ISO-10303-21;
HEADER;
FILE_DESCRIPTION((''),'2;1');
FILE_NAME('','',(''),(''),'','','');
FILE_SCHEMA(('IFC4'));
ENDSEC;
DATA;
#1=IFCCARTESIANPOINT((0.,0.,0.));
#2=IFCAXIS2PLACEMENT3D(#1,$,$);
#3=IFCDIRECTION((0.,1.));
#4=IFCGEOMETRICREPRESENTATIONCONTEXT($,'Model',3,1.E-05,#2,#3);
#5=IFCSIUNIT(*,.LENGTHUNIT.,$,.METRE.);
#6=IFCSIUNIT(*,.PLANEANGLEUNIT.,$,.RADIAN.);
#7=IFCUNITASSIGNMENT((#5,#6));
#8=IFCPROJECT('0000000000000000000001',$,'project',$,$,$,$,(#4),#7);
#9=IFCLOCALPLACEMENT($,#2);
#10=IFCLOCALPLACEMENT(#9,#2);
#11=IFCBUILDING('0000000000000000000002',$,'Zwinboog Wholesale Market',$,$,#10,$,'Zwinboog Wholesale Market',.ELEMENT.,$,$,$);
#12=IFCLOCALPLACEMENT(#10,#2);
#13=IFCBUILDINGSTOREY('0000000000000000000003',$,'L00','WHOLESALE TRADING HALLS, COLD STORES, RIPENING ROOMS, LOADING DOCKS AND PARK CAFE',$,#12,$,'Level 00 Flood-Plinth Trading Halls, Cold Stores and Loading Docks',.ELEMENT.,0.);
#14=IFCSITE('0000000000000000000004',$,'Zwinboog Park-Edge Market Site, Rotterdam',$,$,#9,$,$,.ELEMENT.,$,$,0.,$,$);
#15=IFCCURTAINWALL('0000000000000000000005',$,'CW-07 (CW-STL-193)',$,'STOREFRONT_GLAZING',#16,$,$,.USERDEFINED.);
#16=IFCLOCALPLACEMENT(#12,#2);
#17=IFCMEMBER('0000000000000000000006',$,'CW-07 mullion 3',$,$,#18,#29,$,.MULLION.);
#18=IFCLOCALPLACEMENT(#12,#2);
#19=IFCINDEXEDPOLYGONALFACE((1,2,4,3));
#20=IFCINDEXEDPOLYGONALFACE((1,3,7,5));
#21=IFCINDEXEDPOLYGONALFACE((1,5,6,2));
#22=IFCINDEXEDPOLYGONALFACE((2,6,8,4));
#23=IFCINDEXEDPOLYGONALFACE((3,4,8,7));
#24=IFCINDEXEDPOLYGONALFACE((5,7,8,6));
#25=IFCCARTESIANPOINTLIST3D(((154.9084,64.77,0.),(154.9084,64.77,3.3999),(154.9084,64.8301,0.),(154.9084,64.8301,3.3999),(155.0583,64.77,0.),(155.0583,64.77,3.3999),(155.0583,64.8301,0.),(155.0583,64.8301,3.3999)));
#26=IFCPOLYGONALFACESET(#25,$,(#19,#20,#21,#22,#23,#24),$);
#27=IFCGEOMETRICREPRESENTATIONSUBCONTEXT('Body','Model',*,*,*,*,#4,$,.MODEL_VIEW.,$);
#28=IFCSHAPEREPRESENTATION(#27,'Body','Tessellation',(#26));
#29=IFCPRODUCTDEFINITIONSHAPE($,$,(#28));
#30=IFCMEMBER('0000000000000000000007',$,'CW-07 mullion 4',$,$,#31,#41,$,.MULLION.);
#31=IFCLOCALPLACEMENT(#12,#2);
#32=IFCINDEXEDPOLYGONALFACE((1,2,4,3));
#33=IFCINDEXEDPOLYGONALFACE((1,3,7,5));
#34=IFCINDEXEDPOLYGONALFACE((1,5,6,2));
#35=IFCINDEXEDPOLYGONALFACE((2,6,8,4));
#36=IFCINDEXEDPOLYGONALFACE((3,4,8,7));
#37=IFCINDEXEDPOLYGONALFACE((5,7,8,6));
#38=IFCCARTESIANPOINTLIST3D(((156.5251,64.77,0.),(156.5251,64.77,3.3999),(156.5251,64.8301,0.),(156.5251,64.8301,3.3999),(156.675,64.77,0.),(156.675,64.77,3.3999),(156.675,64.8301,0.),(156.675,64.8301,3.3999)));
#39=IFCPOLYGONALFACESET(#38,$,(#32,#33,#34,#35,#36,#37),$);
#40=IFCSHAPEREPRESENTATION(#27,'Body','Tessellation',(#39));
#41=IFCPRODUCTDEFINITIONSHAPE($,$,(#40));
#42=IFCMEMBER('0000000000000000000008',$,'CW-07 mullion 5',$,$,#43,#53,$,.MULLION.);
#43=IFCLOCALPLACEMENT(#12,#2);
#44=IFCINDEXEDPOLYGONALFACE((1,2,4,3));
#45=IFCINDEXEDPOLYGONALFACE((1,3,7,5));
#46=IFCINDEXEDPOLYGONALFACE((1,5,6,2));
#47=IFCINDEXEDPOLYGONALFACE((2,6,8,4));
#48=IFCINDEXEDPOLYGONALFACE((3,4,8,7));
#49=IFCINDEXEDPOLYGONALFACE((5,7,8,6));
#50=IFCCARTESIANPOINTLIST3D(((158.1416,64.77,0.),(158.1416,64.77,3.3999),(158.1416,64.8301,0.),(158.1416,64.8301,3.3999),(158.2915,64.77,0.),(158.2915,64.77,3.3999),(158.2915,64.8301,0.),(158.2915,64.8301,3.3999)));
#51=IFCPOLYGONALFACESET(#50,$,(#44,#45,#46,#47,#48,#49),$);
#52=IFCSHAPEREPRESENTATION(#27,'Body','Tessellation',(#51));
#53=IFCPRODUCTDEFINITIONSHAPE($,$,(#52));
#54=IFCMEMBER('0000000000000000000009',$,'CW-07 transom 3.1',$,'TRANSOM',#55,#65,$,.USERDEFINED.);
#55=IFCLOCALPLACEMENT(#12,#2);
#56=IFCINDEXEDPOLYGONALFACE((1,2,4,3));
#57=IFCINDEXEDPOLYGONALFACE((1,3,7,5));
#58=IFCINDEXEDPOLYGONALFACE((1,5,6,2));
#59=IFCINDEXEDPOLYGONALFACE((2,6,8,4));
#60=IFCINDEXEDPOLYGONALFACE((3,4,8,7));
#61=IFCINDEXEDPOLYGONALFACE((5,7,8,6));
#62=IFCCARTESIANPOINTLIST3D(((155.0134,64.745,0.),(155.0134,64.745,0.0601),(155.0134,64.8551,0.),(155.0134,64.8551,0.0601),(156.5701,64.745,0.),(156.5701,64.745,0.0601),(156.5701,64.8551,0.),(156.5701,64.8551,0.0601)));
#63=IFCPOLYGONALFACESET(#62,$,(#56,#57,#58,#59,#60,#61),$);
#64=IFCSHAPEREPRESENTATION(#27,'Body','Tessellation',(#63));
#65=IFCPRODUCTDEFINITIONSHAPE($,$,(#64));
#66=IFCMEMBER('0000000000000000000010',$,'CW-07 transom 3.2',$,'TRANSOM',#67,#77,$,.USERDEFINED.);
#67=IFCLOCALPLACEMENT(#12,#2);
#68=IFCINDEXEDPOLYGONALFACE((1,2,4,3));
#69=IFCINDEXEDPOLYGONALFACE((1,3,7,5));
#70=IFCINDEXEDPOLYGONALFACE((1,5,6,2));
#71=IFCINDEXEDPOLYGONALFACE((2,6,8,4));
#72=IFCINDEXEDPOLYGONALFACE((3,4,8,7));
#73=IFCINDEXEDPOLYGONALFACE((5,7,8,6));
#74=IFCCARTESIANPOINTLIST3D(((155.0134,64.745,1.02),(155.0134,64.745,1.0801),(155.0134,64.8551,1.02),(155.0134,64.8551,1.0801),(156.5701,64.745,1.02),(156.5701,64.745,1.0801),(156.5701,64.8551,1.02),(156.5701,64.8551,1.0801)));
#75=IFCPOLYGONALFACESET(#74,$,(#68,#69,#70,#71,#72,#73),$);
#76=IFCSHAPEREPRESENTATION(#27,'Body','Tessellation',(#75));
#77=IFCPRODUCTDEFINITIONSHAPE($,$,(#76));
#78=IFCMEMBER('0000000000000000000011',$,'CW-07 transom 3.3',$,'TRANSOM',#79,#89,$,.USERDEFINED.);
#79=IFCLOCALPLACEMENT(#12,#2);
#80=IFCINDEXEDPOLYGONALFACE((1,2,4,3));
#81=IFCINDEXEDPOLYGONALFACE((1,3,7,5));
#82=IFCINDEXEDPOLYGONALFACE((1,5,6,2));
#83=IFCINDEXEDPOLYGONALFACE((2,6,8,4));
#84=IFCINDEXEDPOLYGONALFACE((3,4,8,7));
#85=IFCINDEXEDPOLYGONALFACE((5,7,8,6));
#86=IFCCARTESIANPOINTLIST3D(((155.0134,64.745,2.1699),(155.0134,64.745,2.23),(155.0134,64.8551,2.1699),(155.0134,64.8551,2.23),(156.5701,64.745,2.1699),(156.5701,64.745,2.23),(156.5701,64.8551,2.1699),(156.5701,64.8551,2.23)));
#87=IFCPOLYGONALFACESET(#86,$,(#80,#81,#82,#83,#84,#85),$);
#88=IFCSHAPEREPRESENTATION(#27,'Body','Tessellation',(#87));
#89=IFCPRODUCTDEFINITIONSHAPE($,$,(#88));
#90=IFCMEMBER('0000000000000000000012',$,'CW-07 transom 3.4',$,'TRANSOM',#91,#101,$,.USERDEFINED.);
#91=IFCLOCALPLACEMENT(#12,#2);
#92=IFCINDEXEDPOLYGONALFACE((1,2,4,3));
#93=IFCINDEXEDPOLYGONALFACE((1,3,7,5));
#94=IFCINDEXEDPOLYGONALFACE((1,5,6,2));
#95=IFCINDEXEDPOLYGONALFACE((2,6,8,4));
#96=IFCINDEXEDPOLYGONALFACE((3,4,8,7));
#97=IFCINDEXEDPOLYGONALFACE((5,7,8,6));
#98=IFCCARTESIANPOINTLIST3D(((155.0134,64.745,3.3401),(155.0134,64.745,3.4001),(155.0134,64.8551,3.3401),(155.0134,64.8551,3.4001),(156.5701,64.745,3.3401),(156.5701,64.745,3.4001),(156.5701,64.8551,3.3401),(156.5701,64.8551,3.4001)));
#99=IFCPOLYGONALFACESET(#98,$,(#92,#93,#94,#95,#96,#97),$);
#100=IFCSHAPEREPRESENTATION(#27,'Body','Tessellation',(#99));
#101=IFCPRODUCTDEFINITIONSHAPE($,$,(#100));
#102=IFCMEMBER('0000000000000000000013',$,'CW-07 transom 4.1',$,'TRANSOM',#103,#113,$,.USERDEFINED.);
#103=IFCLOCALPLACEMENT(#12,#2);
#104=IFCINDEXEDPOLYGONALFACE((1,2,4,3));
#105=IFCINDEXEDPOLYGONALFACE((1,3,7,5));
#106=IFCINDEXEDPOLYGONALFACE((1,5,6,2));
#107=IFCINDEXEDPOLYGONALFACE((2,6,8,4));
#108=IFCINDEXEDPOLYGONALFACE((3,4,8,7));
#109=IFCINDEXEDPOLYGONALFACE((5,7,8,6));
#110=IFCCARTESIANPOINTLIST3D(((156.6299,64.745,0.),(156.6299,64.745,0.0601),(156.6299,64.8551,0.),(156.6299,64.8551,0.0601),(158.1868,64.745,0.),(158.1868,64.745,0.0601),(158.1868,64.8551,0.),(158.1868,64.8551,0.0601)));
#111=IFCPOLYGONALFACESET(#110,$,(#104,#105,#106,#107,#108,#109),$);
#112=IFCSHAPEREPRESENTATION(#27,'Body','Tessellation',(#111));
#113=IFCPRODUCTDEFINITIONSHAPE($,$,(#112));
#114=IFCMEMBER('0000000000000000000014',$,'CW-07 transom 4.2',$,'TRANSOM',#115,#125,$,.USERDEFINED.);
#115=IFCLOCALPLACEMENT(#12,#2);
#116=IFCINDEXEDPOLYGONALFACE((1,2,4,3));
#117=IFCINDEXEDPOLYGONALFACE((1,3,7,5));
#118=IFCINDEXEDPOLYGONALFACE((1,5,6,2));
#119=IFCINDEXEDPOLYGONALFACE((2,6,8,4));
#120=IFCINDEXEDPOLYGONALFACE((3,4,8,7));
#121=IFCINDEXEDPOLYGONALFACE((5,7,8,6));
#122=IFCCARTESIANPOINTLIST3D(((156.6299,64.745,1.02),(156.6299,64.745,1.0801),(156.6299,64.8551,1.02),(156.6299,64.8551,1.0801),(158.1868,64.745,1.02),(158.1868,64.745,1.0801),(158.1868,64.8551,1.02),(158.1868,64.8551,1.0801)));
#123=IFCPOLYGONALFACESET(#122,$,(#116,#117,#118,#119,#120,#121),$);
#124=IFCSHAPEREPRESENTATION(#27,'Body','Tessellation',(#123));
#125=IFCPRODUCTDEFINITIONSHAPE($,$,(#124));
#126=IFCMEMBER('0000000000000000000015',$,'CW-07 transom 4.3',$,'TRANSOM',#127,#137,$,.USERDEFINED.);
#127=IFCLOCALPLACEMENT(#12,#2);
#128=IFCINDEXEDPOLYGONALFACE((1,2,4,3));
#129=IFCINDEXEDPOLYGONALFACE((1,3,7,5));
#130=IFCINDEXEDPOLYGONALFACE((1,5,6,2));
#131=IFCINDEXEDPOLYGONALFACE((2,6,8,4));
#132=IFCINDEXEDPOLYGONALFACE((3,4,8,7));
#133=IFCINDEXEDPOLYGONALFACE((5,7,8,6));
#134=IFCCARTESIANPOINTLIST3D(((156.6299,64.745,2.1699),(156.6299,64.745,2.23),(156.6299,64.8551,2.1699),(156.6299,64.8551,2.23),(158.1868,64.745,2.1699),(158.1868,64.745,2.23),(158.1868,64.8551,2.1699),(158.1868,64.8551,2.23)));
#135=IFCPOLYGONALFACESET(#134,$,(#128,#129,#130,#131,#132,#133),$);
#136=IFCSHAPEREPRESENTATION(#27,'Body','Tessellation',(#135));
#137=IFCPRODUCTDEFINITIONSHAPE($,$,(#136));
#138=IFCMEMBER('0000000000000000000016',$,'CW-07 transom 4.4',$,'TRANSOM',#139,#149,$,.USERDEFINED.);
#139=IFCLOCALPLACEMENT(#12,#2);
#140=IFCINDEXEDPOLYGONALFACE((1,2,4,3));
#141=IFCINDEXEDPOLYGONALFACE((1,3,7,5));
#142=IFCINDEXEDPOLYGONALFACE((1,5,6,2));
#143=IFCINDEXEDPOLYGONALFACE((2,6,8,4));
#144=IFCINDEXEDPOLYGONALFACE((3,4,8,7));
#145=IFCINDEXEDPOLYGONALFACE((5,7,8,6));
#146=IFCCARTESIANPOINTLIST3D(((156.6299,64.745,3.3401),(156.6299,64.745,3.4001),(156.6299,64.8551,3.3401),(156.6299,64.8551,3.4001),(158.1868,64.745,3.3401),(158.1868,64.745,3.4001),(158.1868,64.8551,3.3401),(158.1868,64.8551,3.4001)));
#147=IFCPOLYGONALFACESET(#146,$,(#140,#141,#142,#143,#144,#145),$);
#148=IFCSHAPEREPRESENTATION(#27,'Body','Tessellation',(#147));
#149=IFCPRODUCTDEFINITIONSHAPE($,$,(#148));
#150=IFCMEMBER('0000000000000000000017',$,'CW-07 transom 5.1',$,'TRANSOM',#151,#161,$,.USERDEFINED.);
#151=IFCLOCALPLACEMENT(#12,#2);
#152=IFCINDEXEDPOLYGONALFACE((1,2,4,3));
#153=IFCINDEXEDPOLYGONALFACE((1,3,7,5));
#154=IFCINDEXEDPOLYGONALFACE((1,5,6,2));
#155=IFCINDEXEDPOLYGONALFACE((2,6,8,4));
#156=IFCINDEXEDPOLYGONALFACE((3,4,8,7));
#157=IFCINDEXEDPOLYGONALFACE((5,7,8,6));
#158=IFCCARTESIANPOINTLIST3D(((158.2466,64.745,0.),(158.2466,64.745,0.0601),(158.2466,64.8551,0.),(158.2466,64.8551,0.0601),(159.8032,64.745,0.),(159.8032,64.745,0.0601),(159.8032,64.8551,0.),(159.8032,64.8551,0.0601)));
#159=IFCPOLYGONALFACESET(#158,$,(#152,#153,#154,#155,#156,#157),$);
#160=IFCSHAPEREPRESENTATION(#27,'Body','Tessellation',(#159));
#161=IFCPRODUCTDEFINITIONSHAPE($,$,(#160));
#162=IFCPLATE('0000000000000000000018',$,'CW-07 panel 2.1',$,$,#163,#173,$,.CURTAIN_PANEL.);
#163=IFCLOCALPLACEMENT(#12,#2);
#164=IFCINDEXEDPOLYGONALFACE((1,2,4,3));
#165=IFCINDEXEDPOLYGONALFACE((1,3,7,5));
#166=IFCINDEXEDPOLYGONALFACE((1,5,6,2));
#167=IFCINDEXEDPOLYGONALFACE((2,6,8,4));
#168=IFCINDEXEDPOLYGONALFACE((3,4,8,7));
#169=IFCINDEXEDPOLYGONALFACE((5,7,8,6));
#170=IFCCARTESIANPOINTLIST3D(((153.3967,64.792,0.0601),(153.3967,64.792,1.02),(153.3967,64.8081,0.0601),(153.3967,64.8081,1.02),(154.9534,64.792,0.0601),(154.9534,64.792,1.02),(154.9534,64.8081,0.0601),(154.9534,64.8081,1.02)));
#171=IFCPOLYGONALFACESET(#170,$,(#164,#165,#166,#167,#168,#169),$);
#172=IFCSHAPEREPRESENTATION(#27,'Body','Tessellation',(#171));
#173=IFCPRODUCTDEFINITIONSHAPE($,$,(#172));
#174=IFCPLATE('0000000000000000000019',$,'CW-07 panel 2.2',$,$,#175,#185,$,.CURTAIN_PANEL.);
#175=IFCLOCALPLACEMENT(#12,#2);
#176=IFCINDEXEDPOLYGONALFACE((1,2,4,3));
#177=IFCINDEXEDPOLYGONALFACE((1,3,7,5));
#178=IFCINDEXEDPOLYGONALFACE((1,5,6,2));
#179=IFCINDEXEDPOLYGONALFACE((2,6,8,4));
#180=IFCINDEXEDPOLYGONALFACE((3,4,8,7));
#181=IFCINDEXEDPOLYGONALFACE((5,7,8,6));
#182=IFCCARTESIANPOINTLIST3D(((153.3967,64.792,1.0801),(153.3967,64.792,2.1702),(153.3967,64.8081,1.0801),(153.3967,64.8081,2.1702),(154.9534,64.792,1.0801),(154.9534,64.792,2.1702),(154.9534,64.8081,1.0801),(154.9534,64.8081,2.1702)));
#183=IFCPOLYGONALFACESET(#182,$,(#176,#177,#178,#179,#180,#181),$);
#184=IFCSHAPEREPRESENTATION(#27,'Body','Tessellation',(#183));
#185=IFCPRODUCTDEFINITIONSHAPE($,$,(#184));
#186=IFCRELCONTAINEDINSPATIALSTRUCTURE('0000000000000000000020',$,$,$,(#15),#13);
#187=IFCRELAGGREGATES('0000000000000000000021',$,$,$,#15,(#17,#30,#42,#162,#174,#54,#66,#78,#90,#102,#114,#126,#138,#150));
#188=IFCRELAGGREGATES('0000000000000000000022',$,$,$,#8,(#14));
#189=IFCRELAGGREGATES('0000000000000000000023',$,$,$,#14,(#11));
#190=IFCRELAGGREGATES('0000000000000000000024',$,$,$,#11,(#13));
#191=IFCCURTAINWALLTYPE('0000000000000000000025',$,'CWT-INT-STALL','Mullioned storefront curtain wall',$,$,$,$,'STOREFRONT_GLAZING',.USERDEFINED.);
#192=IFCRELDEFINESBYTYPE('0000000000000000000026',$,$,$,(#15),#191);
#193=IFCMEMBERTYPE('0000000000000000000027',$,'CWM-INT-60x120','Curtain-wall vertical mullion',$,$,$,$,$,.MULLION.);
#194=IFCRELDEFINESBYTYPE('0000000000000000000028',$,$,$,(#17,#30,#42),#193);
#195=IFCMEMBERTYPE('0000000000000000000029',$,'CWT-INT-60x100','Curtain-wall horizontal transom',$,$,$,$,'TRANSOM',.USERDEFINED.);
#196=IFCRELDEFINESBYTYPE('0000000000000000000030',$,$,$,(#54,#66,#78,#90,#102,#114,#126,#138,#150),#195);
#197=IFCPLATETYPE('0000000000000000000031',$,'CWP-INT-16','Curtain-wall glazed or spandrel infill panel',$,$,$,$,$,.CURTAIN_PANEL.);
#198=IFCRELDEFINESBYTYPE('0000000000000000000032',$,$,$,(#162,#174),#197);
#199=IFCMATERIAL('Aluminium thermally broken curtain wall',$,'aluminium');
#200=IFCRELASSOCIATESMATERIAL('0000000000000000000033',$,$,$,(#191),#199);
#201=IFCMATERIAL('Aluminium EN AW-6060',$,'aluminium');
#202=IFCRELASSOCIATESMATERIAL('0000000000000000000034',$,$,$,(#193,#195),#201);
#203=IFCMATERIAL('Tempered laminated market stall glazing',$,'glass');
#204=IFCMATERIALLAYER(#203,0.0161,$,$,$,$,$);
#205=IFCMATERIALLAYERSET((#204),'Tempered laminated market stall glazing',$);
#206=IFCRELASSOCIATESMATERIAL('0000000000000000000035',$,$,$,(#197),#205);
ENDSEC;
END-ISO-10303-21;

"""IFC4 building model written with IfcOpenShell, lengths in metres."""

from ifc_helpers import new_model, si_unit, direction, frame, origin, origin_2d, place, context, subcontext, project, spatial, rectangle, extrude, material, layer, layer_set, material_profile, profile_set, type_object, element, aggregate, save


model = new_model("IFC4")

# Units and contexts
model_context = context("Model", 3, precision=1e-05, world=origin(), true_north=direction((0.0, 1.0)))
body_context = subcontext(model_context, "Body", "Model", "MODEL_VIEW")
ifc_project = project(units=[si_unit("LENGTHUNIT", "METRE"), si_unit("PLANEANGLEUNIT", "RADIAN")], contexts=[model_context])

# Site, building, storey
site_placement = place(None, origin())
site = spatial("IfcSite", under=ifc_project, at=site_placement, Name="Zwinboog Park-Edge Market Site, Rotterdam", CompositionType="ELEMENT", RefElevation=0.0)
building_placement = place(site_placement, origin())
building = spatial("IfcBuilding", under=site, at=building_placement, Name="Zwinboog Wholesale Market", LongName="Zwinboog Wholesale Market", CompositionType="ELEMENT")
storey_placement = place(building_placement, origin())
storey = spatial("IfcBuildingStorey", under=building, at=storey_placement, Name="L00", Description="WHOLESALE TRADING HALLS, COLD STORES, RIPENING ROOMS, LOADING DOCKS AND PARK CAFE", LongName="Level 00 Flood-Plinth Trading Halls, Cold Stores and Loading Docks", CompositionType="ELEMENT", Elevation=0.0)

# Curtain wall, members, plates
ifc_material_1 = material(Name="Aluminium thermally broken curtain wall", Category="aluminium")
curtain_wall_type = type_object("IfcCurtainWallType", Name="CWT-INT-STALL", Description="Mullioned storefront curtain wall", ElementType="STOREFRONT_GLAZING", PredefinedType="USERDEFINED", material=ifc_material_1)
curtain_wall_placement = place(storey_placement, origin())
curtain_wall = element("IfcCurtainWall", 1, at=curtain_wall_placement, inside=storey, type_object=curtain_wall_type, Name="CW-07 (CW-STL-193)", ObjectType="STOREFRONT_GLAZING", PredefinedType="USERDEFINED")
ifc_material_2 = material(Name="Aluminium EN AW-6060", Category="aluminium")
ifc_material_profile_1 = material_profile(ifc_material_2, rectangle(XDim=0.0601, YDim=0.1499, at=origin_2d()), Name="AL 60x150")
ifc_profile_set_1 = profile_set([ifc_material_profile_1], Name="Aluminium EN AW-6060")
member_type_1 = type_object("IfcMemberType", Name="CWM-INT-60x120", Description="Curtain-wall vertical mullion", PredefinedType="MULLION", material=ifc_profile_set_1)
member_1_placement = place(storey_placement, frame((154.9834, 64.8, 0.0), z_axis=(0.0, 0.0, 1.0), x_axis=(0.0, 1.0, 0.0)))
member_1 = element("IfcMember", 2, at=member_1_placement, type_object=member_type_1, Name="CW-07 mullion 3", PredefinedType="MULLION", context=body_context, shape_type="SweptSolid", body=[
    extrude(rectangle(XDim=0.0601, YDim=0.1499, at=origin_2d()), origin(), (0.0, 0.0, 1.0), 3.3999),
])
member_2_placement = place(storey_placement, frame((156.6001, 64.8, 0.0), z_axis=(0.0, 0.0, 1.0), x_axis=(0.0, 1.0, 0.0)))
member_2 = element("IfcMember", 3, at=member_2_placement, type_object=member_type_1, Name="CW-07 mullion 4", PredefinedType="MULLION", context=body_context, shape_type="SweptSolid", body=[
    extrude(rectangle(XDim=0.0601, YDim=0.1499, at=origin_2d()), origin(), (0.0, 0.0, 1.0), 3.3999),
])
member_3_placement = place(storey_placement, frame((158.2166, 64.8, 0.0), z_axis=(0.0, 0.0, 1.0), x_axis=(0.0, 1.0, 0.0)))
member_3 = element("IfcMember", 4, at=member_3_placement, type_object=member_type_1, Name="CW-07 mullion 5", PredefinedType="MULLION", context=body_context, shape_type="SweptSolid", body=[
    extrude(rectangle(XDim=0.0601, YDim=0.1499, at=origin_2d()), origin(), (0.0, 0.0, 1.0), 3.3999),
])
ifc_material_profile_2 = material_profile(ifc_material_2, rectangle(XDim=0.1101, YDim=0.0601, at=origin_2d()), Name="AL 60x110")
ifc_profile_set_2 = profile_set([ifc_material_profile_2], Name="Aluminium EN AW-6060")
member_type_2 = type_object("IfcMemberType", Name="CWT-INT-60x100", Description="Curtain-wall horizontal transom", ElementType="TRANSOM", PredefinedType="USERDEFINED", material=ifc_profile_set_2)
member_4_placement = place(storey_placement, frame((155.0134, 64.8, 0.03), z_axis=(1.0, 0.0, 0.0), x_axis=(0.0, 1.0, 0.0)))
member_4 = element("IfcMember", 5, at=member_4_placement, type_object=member_type_2, Name="CW-07 transom 3.1", ObjectType="TRANSOM", PredefinedType="USERDEFINED", context=body_context, shape_type="SweptSolid", body=[
    extrude(rectangle(XDim=0.1101, YDim=0.0601, at=origin_2d()), origin(), (0.0, 0.0, 1.0), 1.5566),
])
member_5_placement = place(storey_placement, frame((155.0134, 64.8, 1.05), z_axis=(1.0, 0.0, 0.0), x_axis=(0.0, 1.0, 0.0)))
member_5 = element("IfcMember", 6, at=member_5_placement, type_object=member_type_2, Name="CW-07 transom 3.2", ObjectType="TRANSOM", PredefinedType="USERDEFINED", context=body_context, shape_type="SweptSolid", body=[
    extrude(rectangle(XDim=0.1101, YDim=0.0601, at=origin_2d()), origin(), (0.0, 0.0, 1.0), 1.5566),
])
member_6_placement = place(storey_placement, frame((155.0134, 64.8, 2.2), z_axis=(1.0, 0.0, 0.0), x_axis=(0.0, 1.0, 0.0)))
member_6 = element("IfcMember", 7, at=member_6_placement, type_object=member_type_2, Name="CW-07 transom 3.3", ObjectType="TRANSOM", PredefinedType="USERDEFINED", context=body_context, shape_type="SweptSolid", body=[
    extrude(rectangle(XDim=0.1101, YDim=0.0601, at=origin_2d()), origin(), (0.0, 0.0, 1.0), 1.5566),
])
member_7_placement = place(storey_placement, frame((155.0134, 64.8, 3.3701), z_axis=(1.0, 0.0, 0.0), x_axis=(0.0, 1.0, 0.0)))
member_7 = element("IfcMember", 8, at=member_7_placement, type_object=member_type_2, Name="CW-07 transom 3.4", ObjectType="TRANSOM", PredefinedType="USERDEFINED", context=body_context, shape_type="SweptSolid", body=[
    extrude(rectangle(XDim=0.1101, YDim=0.0601, at=origin_2d()), origin(), (0.0, 0.0, 1.0), 1.5566),
])
member_8_placement = place(storey_placement, frame((156.6299, 64.8, 0.03), z_axis=(1.0, 0.0, 0.0), x_axis=(0.0, 1.0, 0.0)))
member_8 = element("IfcMember", 9, at=member_8_placement, type_object=member_type_2, Name="CW-07 transom 4.1", ObjectType="TRANSOM", PredefinedType="USERDEFINED", context=body_context, shape_type="SweptSolid", body=[
    extrude(rectangle(XDim=0.1101, YDim=0.0601, at=origin_2d()), origin(), (0.0, 0.0, 1.0), 1.5569),
])
member_9_placement = place(storey_placement, frame((156.6299, 64.8, 1.05), z_axis=(1.0, 0.0, 0.0), x_axis=(0.0, 1.0, 0.0)))
member_9 = element("IfcMember", 10, at=member_9_placement, type_object=member_type_2, Name="CW-07 transom 4.2", ObjectType="TRANSOM", PredefinedType="USERDEFINED", context=body_context, shape_type="SweptSolid", body=[
    extrude(rectangle(XDim=0.1101, YDim=0.0601, at=origin_2d()), origin(), (0.0, 0.0, 1.0), 1.5569),
])
member_10_placement = place(storey_placement, frame((156.6299, 64.8, 2.2), z_axis=(1.0, 0.0, 0.0), x_axis=(0.0, 1.0, 0.0)))
member_10 = element("IfcMember", 11, at=member_10_placement, type_object=member_type_2, Name="CW-07 transom 4.3", ObjectType="TRANSOM", PredefinedType="USERDEFINED", context=body_context, shape_type="SweptSolid", body=[
    extrude(rectangle(XDim=0.1101, YDim=0.0601, at=origin_2d()), origin(), (0.0, 0.0, 1.0), 1.5569),
])
member_11_placement = place(storey_placement, frame((156.6299, 64.8, 3.3701), z_axis=(1.0, 0.0, 0.0), x_axis=(0.0, 1.0, 0.0)))
member_11 = element("IfcMember", 12, at=member_11_placement, type_object=member_type_2, Name="CW-07 transom 4.4", ObjectType="TRANSOM", PredefinedType="USERDEFINED", context=body_context, shape_type="SweptSolid", body=[
    extrude(rectangle(XDim=0.1101, YDim=0.0601, at=origin_2d()), origin(), (0.0, 0.0, 1.0), 1.5569),
])
member_12_placement = place(storey_placement, frame((158.2466, 64.8, 0.03), z_axis=(1.0, 0.0, 0.0), x_axis=(0.0, 1.0, 0.0)))
member_12 = element("IfcMember", 13, at=member_12_placement, type_object=member_type_2, Name="CW-07 transom 5.1", ObjectType="TRANSOM", PredefinedType="USERDEFINED", context=body_context, shape_type="SweptSolid", body=[
    extrude(rectangle(XDim=0.1101, YDim=0.0601, at=origin_2d()), origin(), (0.0, 0.0, 1.0), 1.5566),
])
ifc_material_3 = material(Name="Tempered laminated market stall glazing", Category="glass")
ifc_layer = layer(ifc_material_3, 0.0161)
ifc_layer_set = layer_set([ifc_layer], Name="Tempered laminated market stall glazing")
plate_type = type_object("IfcPlateType", Name="CWP-INT-16", Description="Curtain-wall glazed or spandrel infill panel", PredefinedType="CURTAIN_PANEL", material=ifc_layer_set)
plate_1_placement = place(storey_placement, frame((154.175, 64.8, 0.0601), z_axis=(0.0, 0.0, 1.0), x_axis=(1.0, 0.0, 0.0)))
plate_1 = element("IfcPlate", 14, at=plate_1_placement, type_object=plate_type, Name="CW-07 panel 2.1", PredefinedType="CURTAIN_PANEL", context=body_context, shape_type="SweptSolid", body=[
    extrude(rectangle(XDim=1.5566, YDim=0.0161, at=origin_2d()), origin(), (0.0, 0.0, 1.0), 0.96),
])
plate_2_placement = place(storey_placement, frame((154.175, 64.8, 1.0801), z_axis=(0.0, 0.0, 1.0), x_axis=(1.0, 0.0, 0.0)))
plate_2 = element("IfcPlate", 15, at=plate_2_placement, type_object=plate_type, Name="CW-07 panel 2.2", PredefinedType="CURTAIN_PANEL", context=body_context, shape_type="SweptSolid", body=[
    extrude(rectangle(XDim=1.5566, YDim=0.0161, at=origin_2d()), origin(), (0.0, 0.0, 1.0), 1.0901),
])
aggregate(curtain_wall, [member_1, member_2, member_3, plate_1, plate_2, member_4, member_5, member_6, member_7, member_8, member_9, member_10, member_11, member_12])

save(model, "model.ifc")
